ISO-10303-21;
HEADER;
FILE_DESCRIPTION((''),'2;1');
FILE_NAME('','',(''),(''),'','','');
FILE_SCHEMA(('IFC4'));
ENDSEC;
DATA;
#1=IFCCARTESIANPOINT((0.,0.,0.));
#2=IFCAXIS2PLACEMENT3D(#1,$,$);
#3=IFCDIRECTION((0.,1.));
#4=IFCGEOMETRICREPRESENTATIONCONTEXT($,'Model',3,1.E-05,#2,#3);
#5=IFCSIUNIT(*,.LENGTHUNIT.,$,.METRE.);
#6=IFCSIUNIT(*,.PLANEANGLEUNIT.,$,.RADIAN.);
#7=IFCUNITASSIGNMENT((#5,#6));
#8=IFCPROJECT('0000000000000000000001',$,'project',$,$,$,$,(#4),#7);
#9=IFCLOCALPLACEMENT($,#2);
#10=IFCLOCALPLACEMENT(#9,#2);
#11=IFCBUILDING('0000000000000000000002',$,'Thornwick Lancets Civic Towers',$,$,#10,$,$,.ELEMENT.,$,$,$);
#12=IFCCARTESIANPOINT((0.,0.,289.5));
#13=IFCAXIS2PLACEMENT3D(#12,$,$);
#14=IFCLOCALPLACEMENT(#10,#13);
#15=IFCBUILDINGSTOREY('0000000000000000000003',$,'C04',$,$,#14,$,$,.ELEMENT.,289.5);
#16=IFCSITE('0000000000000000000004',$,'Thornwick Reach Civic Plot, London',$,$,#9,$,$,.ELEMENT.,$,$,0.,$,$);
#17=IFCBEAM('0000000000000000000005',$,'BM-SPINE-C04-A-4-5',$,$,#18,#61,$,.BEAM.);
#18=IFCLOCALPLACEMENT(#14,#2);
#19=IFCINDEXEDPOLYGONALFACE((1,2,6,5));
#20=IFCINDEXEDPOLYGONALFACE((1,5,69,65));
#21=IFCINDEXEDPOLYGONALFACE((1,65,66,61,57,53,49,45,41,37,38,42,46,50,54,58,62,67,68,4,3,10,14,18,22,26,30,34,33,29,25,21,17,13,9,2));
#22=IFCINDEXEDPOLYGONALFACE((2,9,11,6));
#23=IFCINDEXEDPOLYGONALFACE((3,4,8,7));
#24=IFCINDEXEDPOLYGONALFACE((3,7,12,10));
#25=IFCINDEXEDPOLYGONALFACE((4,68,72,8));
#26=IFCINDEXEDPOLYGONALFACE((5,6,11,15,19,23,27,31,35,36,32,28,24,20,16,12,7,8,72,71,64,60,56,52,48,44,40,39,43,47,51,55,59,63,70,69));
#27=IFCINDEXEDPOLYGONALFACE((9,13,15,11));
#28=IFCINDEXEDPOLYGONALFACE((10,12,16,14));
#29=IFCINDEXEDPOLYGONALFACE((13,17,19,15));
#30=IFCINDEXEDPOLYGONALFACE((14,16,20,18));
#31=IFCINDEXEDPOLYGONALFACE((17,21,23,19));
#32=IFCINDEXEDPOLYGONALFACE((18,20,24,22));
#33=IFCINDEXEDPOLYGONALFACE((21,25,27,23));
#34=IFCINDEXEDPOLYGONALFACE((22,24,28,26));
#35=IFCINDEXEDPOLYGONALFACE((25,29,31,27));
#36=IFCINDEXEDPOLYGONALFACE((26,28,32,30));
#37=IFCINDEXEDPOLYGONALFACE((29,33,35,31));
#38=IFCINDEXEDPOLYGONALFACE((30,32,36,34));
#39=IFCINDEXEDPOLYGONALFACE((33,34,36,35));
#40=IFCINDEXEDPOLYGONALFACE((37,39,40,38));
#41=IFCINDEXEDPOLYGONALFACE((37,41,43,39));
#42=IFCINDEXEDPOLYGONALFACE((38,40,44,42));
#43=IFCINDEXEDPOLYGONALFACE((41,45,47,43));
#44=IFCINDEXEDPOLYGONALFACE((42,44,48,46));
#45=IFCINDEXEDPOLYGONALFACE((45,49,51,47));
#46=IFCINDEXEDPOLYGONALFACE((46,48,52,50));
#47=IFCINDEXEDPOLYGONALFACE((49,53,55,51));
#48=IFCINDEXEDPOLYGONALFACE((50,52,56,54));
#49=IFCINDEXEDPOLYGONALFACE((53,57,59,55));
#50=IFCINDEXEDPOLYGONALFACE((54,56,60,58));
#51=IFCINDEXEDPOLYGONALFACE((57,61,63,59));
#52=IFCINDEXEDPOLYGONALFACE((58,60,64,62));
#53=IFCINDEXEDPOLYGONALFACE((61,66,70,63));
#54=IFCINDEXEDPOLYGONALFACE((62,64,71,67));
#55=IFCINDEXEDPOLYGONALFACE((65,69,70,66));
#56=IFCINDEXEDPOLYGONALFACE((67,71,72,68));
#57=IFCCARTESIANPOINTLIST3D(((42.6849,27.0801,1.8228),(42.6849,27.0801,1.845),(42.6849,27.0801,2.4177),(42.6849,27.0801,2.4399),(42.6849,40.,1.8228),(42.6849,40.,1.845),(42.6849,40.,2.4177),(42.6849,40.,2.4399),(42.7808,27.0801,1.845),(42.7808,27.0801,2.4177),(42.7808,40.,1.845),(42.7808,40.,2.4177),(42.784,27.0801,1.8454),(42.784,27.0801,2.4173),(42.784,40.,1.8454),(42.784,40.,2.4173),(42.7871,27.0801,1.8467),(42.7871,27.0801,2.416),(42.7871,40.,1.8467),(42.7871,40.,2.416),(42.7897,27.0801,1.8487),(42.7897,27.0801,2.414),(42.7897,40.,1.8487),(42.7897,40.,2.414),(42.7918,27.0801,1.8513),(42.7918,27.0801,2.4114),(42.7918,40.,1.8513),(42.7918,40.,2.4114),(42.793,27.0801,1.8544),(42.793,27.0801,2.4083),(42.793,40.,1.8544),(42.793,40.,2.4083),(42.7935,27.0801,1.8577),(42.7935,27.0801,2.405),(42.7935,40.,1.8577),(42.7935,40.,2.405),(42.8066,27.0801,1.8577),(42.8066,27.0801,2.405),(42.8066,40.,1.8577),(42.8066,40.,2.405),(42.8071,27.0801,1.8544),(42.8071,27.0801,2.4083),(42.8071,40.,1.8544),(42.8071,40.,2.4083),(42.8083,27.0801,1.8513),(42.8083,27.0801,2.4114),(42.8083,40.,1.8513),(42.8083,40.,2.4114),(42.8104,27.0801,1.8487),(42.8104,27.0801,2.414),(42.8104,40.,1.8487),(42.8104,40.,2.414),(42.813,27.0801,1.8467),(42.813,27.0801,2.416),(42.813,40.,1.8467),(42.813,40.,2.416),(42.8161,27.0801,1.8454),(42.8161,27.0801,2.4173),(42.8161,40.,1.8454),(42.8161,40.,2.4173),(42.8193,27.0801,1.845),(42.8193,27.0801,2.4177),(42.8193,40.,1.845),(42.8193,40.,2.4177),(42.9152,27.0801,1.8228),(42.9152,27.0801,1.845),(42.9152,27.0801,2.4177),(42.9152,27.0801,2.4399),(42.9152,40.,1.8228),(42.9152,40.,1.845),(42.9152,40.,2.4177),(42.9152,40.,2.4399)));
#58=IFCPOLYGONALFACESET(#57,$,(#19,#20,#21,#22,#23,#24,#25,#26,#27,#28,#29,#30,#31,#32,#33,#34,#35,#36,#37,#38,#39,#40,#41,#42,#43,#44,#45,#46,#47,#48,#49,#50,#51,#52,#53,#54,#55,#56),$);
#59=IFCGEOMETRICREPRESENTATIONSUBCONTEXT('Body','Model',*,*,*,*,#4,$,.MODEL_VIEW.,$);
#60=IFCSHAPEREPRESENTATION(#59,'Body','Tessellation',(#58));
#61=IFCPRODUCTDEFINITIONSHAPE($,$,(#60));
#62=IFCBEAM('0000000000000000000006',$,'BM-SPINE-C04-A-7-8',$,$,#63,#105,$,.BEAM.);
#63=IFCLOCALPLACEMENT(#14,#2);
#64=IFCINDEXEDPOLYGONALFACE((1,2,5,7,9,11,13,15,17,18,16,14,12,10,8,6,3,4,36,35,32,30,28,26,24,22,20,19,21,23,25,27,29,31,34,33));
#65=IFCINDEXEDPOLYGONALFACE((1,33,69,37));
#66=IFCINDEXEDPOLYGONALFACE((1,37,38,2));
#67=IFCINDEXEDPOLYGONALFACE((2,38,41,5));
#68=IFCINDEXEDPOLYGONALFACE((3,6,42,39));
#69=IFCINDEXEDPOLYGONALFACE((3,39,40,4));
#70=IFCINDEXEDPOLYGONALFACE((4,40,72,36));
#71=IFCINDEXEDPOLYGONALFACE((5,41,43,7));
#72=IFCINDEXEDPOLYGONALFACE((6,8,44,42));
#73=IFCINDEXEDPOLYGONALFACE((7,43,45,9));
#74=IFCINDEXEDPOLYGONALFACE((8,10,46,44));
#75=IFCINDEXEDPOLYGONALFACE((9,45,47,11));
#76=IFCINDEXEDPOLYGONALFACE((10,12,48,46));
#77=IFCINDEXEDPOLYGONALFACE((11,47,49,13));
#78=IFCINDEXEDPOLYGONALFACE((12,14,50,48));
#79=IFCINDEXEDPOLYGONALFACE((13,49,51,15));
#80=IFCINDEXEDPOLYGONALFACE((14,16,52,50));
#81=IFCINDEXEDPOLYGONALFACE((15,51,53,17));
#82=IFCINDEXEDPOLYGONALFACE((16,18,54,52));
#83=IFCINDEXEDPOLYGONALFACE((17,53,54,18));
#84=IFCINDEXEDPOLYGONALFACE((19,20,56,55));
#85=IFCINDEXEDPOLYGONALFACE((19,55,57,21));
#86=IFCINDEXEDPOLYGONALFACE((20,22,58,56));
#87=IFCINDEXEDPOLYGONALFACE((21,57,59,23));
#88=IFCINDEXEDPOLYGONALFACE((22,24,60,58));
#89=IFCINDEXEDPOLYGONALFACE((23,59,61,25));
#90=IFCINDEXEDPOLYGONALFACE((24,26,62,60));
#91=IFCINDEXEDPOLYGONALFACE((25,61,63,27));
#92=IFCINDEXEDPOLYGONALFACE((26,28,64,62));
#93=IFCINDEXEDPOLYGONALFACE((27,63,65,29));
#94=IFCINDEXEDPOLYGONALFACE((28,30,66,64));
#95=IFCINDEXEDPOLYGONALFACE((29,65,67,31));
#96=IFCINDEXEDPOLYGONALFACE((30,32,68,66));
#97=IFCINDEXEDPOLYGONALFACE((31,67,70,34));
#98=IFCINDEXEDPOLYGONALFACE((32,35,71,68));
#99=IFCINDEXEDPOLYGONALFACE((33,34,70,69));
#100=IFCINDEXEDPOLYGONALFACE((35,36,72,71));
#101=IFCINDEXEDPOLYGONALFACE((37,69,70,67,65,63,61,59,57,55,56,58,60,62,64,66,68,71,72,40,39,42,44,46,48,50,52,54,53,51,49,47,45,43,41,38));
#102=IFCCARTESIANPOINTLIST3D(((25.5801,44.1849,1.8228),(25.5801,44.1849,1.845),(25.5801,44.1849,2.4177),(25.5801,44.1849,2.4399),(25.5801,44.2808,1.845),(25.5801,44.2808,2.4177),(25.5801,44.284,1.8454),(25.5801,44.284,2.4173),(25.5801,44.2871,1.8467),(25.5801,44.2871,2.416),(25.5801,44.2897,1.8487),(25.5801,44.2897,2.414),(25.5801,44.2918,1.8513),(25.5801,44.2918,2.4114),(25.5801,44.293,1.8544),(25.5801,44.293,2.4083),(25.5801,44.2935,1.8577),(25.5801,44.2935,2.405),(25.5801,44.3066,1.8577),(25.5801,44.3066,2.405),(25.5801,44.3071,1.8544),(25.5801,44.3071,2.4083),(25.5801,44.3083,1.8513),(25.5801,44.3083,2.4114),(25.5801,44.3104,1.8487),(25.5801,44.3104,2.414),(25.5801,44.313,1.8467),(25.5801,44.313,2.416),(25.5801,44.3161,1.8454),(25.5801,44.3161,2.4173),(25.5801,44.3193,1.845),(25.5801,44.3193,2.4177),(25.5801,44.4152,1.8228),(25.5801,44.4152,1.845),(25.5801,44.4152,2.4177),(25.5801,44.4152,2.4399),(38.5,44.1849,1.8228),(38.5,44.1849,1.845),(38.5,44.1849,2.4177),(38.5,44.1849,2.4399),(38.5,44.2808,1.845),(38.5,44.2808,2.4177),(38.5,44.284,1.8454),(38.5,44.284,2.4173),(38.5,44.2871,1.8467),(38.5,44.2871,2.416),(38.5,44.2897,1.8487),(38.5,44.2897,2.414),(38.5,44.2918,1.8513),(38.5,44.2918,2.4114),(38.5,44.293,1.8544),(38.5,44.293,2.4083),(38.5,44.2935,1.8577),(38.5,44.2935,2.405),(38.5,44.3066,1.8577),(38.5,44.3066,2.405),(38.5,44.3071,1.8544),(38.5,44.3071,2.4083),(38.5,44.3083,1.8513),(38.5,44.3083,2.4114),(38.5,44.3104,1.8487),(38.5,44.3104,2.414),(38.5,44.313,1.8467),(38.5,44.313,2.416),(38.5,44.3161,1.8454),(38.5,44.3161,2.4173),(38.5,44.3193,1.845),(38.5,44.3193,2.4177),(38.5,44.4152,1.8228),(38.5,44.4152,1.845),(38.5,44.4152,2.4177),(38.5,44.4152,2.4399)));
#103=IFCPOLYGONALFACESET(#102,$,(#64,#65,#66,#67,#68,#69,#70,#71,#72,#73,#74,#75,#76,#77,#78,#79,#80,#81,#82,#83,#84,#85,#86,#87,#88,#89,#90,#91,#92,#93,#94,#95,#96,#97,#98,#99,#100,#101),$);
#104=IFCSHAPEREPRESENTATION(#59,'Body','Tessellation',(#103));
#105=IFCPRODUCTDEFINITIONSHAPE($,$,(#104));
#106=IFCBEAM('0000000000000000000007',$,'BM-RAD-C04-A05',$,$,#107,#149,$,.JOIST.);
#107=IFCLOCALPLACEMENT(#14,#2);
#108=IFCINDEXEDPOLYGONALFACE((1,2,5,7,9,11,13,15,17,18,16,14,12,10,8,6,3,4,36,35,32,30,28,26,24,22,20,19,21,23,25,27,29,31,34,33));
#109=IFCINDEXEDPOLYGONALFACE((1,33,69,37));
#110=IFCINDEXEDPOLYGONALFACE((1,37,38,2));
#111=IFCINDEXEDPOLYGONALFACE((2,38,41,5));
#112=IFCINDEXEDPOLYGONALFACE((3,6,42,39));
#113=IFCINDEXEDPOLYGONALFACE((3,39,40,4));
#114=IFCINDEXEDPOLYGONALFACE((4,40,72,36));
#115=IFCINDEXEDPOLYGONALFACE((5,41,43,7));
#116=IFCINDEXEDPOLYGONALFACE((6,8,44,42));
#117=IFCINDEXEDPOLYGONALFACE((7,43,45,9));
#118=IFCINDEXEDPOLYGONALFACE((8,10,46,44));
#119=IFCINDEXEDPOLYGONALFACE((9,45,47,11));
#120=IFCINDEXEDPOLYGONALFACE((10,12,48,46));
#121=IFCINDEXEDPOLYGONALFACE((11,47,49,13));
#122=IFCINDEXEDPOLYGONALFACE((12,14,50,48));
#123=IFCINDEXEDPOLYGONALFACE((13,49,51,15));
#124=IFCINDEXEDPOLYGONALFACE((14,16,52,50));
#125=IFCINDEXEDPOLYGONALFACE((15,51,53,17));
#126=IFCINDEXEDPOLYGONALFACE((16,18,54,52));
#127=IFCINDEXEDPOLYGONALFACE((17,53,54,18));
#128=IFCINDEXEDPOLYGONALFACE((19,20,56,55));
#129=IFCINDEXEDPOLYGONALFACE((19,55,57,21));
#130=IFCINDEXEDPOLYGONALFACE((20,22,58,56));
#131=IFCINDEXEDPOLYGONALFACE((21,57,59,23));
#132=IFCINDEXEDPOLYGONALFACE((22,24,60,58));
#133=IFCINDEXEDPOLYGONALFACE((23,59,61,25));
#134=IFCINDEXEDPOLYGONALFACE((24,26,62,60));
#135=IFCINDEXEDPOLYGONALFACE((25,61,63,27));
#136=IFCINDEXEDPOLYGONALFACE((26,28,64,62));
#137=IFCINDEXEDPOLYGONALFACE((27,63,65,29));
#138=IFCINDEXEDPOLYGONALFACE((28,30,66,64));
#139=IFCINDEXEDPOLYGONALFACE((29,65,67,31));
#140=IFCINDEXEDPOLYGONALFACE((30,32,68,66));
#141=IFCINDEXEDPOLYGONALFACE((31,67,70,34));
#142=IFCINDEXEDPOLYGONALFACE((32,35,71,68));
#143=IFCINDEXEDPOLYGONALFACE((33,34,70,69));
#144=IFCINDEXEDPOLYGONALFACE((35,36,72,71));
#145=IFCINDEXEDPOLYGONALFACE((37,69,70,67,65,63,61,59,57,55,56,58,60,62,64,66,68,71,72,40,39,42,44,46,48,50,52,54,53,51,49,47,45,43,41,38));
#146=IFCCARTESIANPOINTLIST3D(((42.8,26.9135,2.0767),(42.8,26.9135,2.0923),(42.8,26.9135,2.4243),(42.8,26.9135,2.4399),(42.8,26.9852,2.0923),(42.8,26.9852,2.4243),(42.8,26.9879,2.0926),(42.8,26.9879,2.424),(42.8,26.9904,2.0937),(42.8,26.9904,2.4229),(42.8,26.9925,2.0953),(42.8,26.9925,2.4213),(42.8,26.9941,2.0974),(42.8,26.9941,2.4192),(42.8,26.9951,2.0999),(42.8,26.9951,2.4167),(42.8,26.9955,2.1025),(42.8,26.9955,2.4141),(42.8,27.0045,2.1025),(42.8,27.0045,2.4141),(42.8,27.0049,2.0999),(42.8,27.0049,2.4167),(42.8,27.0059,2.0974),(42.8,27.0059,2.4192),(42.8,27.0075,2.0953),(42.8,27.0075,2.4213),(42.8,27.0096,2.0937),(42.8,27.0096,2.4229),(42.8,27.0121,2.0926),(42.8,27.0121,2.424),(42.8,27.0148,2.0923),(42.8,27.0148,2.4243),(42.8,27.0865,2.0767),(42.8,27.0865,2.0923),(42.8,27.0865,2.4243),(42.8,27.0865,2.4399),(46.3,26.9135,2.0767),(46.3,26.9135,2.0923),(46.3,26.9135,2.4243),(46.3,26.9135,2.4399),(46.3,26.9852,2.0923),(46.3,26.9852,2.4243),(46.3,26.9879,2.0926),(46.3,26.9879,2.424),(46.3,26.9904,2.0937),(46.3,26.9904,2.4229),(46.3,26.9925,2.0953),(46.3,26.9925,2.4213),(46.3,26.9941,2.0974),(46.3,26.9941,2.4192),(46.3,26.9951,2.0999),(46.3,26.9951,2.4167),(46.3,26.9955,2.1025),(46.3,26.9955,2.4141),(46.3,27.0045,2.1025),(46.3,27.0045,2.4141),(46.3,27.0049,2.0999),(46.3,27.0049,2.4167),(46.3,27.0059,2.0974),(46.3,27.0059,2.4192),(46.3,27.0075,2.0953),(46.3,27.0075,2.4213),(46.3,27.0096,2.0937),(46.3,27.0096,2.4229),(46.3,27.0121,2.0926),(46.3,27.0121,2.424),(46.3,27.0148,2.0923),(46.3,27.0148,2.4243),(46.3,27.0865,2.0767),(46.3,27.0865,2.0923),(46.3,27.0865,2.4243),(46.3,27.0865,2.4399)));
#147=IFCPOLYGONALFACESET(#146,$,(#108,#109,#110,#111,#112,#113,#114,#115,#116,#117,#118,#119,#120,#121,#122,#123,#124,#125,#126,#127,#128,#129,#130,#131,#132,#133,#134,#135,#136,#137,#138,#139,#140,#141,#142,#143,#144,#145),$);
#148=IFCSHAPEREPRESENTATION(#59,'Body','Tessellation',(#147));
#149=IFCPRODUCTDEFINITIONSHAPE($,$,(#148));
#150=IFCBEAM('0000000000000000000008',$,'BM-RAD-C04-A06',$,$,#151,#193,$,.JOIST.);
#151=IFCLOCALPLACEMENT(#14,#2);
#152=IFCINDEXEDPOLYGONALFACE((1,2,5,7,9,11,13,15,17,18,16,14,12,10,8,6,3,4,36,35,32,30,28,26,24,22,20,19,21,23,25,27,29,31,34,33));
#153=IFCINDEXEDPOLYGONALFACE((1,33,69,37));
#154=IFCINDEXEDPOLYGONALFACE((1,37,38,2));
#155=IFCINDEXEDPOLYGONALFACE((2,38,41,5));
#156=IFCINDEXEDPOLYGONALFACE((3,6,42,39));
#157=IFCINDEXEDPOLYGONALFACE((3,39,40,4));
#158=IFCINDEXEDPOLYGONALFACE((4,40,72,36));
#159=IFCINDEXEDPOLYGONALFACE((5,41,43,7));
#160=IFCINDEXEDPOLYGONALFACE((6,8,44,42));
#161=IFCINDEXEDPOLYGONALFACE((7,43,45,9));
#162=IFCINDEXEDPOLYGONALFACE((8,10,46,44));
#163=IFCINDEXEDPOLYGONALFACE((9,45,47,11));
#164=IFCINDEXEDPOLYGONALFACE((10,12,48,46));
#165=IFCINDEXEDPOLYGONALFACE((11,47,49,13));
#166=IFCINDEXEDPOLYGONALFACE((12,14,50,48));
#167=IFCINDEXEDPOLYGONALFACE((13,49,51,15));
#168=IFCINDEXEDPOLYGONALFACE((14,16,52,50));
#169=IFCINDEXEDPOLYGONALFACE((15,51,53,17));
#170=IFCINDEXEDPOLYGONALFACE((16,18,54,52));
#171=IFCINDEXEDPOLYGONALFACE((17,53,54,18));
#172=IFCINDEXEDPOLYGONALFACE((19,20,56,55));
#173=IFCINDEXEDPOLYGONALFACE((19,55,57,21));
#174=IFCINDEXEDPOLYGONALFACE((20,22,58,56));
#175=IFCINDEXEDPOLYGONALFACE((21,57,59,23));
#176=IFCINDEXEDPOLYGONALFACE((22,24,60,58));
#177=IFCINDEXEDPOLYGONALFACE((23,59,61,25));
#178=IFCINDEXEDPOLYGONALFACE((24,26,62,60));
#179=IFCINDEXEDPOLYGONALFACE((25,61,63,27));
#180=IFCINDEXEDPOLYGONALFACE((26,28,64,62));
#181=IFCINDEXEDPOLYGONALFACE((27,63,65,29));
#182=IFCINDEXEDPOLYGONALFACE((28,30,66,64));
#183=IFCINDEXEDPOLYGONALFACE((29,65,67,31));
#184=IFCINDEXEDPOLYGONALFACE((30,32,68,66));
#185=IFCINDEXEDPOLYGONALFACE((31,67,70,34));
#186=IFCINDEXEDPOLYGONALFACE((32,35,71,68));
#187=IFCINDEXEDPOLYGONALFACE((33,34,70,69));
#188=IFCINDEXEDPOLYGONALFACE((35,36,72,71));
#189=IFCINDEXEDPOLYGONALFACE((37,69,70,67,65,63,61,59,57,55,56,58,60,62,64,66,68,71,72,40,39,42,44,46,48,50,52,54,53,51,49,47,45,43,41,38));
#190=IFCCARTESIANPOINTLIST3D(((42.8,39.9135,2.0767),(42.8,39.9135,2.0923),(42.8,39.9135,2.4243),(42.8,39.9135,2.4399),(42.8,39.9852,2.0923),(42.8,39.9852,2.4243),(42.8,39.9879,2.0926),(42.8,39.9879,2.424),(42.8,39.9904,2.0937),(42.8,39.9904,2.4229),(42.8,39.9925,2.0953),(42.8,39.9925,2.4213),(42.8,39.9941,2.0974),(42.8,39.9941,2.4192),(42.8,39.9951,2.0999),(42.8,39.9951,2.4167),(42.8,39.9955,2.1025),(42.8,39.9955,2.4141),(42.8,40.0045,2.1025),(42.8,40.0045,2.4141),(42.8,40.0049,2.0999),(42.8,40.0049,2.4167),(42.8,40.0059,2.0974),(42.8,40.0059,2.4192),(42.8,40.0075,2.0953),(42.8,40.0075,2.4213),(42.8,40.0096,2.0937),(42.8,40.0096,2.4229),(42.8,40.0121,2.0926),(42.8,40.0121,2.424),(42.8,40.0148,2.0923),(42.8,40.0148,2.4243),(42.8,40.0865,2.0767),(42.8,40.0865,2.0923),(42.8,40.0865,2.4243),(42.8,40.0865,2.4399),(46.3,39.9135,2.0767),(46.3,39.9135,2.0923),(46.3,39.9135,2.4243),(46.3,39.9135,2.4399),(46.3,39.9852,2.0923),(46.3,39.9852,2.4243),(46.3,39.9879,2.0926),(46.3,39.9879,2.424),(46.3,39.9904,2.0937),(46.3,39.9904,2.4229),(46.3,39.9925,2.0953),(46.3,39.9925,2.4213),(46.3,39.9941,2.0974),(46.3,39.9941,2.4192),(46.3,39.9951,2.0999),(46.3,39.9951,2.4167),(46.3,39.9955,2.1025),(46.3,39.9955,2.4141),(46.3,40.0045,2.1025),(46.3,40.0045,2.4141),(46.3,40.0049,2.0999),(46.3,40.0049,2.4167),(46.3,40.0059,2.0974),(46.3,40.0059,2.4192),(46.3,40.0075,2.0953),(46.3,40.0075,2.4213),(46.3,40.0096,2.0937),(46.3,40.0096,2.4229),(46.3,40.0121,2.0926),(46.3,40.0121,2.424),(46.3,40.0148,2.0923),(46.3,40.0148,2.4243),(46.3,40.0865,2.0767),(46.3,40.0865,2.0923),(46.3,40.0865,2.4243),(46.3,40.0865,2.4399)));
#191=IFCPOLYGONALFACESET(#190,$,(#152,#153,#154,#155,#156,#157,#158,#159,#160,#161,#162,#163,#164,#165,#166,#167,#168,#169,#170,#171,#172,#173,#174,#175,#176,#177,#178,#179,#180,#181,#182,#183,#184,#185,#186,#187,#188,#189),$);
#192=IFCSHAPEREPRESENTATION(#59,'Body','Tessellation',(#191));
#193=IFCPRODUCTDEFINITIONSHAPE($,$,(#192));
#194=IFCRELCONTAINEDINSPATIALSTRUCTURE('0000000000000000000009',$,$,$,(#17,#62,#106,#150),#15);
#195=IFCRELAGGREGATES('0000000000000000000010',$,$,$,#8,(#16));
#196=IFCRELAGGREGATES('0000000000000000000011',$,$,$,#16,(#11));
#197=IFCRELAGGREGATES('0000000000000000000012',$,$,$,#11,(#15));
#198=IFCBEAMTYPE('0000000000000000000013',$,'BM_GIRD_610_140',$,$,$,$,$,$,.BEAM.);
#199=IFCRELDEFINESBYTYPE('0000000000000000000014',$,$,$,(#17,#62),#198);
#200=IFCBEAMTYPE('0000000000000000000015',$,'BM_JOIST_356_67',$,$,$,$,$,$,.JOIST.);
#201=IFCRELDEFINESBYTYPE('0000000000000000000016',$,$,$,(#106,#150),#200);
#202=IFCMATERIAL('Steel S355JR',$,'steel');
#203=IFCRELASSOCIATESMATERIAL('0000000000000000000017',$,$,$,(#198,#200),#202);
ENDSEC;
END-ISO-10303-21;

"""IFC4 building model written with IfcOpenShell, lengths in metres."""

from ifc_helpers import new_model, si_unit, direction, frame, origin, origin_2d, place, context, subcontext, project, spatial, i_section, extrude, material, material_profile, profile_set, type_object, element, save


model = new_model("IFC4")

# Units and contexts
model_context = context("Model", 3, precision=1e-05, world=origin(), true_north=direction((0.0, 1.0)))
body_context = subcontext(model_context, "Body", "Model", "MODEL_VIEW")
ifc_project = project(units=[si_unit("LENGTHUNIT", "METRE"), si_unit("PLANEANGLEUNIT", "RADIAN")], contexts=[model_context])

# Site, building, storey
site_placement = place(None, origin())
site = spatial("IfcSite", under=ifc_project, at=site_placement, Name="Thornwick Reach Civic Plot, London", CompositionType="ELEMENT", RefElevation=0.0)
building_placement = place(site_placement, origin())
building = spatial("IfcBuilding", under=site, at=building_placement, Name="Thornwick Lancets Civic Towers", CompositionType="ELEMENT")
storey_placement = place(building_placement, frame((0.0, 0.0, 289.5)))
storey = spatial("IfcBuildingStorey", under=building, at=storey_placement, Name="C04", CompositionType="ELEMENT", Elevation=289.5)

# Shared definitions
ifc_material_1 = material(Name="Steel S355JR", Category="steel")

# Beams
ifc_material_profile_1 = material_profile(ifc_material_1, i_section(OverallWidth=0.2302, OverallDepth=0.6172, WebThickness=0.0132, FlangeThickness=0.0222, FilletRadius=0.0127, at=origin_2d()), Name="UKB 610x229x140")
ifc_profile_set_1 = profile_set([ifc_material_profile_1], Name="Steel S355JR")
beam_type_1 = type_object("IfcBeamType", Name="BM_GIRD_610_140", PredefinedType="BEAM", material=ifc_profile_set_1)
for number, where, z_axis, x_axis, name in (
    (1, (42.8, 27.0801, 2.1313), (0.0, 1.0, 0.0), (-1.0, 0.0, 0.0), "BM-SPINE-C04-A-4-5"),
    (2, (25.5801, 44.3, 2.1313), (1.0, 0.0, 0.0), (0.0, 1.0, 0.0), "BM-SPINE-C04-A-7-8"),
):
    element("IfcBeam", number, at=place(storey_placement, frame(where, z_axis=z_axis, x_axis=x_axis)), inside=storey, type_object=beam_type_1, Name=name, PredefinedType="BEAM", context=body_context, shape_type="SweptSolid", body=[
        extrude(i_section(OverallWidth=0.2302, OverallDepth=0.6172, WebThickness=0.0132, FlangeThickness=0.0222, FilletRadius=0.0127, at=origin_2d()), origin(), (0.0, 0.0, 1.0), 12.9199),
    ])
ifc_material_profile_2 = material_profile(ifc_material_1, i_section(OverallWidth=0.1731, OverallDepth=0.3633, WebThickness=0.009, FlangeThickness=0.0156, FilletRadius=0.0103, at=origin_2d()), Name="UKB 356x171x67")
ifc_profile_set_2 = profile_set([ifc_material_profile_2], Name="Steel S355JR")
beam_type_2 = type_object("IfcBeamType", Name="BM_JOIST_356_67", PredefinedType="JOIST", material=ifc_profile_set_2)
for number, where, z_axis, x_axis, name in (
    (3, (42.8, 27.0, 2.2583), (1.0, 0.0, 0.0), (0.0, 1.0, 0.0), "BM-RAD-C04-A05"),
    (4, (42.8, 40.0, 2.2583), (1.0, 0.0, 0.0), (0.0, 1.0, 0.0), "BM-RAD-C04-A06"),
):
    element("IfcBeam", number, at=place(storey_placement, frame(where, z_axis=z_axis, x_axis=x_axis)), inside=storey, type_object=beam_type_2, Name=name, PredefinedType="JOIST", context=body_context, shape_type="SweptSolid", body=[
        extrude(i_section(OverallWidth=0.1731, OverallDepth=0.3633, WebThickness=0.009, FlangeThickness=0.0156, FilletRadius=0.0103, at=origin_2d()), origin(), (0.0, 0.0, 1.0), 3.5),
    ])

save(model, "model.ifc")
